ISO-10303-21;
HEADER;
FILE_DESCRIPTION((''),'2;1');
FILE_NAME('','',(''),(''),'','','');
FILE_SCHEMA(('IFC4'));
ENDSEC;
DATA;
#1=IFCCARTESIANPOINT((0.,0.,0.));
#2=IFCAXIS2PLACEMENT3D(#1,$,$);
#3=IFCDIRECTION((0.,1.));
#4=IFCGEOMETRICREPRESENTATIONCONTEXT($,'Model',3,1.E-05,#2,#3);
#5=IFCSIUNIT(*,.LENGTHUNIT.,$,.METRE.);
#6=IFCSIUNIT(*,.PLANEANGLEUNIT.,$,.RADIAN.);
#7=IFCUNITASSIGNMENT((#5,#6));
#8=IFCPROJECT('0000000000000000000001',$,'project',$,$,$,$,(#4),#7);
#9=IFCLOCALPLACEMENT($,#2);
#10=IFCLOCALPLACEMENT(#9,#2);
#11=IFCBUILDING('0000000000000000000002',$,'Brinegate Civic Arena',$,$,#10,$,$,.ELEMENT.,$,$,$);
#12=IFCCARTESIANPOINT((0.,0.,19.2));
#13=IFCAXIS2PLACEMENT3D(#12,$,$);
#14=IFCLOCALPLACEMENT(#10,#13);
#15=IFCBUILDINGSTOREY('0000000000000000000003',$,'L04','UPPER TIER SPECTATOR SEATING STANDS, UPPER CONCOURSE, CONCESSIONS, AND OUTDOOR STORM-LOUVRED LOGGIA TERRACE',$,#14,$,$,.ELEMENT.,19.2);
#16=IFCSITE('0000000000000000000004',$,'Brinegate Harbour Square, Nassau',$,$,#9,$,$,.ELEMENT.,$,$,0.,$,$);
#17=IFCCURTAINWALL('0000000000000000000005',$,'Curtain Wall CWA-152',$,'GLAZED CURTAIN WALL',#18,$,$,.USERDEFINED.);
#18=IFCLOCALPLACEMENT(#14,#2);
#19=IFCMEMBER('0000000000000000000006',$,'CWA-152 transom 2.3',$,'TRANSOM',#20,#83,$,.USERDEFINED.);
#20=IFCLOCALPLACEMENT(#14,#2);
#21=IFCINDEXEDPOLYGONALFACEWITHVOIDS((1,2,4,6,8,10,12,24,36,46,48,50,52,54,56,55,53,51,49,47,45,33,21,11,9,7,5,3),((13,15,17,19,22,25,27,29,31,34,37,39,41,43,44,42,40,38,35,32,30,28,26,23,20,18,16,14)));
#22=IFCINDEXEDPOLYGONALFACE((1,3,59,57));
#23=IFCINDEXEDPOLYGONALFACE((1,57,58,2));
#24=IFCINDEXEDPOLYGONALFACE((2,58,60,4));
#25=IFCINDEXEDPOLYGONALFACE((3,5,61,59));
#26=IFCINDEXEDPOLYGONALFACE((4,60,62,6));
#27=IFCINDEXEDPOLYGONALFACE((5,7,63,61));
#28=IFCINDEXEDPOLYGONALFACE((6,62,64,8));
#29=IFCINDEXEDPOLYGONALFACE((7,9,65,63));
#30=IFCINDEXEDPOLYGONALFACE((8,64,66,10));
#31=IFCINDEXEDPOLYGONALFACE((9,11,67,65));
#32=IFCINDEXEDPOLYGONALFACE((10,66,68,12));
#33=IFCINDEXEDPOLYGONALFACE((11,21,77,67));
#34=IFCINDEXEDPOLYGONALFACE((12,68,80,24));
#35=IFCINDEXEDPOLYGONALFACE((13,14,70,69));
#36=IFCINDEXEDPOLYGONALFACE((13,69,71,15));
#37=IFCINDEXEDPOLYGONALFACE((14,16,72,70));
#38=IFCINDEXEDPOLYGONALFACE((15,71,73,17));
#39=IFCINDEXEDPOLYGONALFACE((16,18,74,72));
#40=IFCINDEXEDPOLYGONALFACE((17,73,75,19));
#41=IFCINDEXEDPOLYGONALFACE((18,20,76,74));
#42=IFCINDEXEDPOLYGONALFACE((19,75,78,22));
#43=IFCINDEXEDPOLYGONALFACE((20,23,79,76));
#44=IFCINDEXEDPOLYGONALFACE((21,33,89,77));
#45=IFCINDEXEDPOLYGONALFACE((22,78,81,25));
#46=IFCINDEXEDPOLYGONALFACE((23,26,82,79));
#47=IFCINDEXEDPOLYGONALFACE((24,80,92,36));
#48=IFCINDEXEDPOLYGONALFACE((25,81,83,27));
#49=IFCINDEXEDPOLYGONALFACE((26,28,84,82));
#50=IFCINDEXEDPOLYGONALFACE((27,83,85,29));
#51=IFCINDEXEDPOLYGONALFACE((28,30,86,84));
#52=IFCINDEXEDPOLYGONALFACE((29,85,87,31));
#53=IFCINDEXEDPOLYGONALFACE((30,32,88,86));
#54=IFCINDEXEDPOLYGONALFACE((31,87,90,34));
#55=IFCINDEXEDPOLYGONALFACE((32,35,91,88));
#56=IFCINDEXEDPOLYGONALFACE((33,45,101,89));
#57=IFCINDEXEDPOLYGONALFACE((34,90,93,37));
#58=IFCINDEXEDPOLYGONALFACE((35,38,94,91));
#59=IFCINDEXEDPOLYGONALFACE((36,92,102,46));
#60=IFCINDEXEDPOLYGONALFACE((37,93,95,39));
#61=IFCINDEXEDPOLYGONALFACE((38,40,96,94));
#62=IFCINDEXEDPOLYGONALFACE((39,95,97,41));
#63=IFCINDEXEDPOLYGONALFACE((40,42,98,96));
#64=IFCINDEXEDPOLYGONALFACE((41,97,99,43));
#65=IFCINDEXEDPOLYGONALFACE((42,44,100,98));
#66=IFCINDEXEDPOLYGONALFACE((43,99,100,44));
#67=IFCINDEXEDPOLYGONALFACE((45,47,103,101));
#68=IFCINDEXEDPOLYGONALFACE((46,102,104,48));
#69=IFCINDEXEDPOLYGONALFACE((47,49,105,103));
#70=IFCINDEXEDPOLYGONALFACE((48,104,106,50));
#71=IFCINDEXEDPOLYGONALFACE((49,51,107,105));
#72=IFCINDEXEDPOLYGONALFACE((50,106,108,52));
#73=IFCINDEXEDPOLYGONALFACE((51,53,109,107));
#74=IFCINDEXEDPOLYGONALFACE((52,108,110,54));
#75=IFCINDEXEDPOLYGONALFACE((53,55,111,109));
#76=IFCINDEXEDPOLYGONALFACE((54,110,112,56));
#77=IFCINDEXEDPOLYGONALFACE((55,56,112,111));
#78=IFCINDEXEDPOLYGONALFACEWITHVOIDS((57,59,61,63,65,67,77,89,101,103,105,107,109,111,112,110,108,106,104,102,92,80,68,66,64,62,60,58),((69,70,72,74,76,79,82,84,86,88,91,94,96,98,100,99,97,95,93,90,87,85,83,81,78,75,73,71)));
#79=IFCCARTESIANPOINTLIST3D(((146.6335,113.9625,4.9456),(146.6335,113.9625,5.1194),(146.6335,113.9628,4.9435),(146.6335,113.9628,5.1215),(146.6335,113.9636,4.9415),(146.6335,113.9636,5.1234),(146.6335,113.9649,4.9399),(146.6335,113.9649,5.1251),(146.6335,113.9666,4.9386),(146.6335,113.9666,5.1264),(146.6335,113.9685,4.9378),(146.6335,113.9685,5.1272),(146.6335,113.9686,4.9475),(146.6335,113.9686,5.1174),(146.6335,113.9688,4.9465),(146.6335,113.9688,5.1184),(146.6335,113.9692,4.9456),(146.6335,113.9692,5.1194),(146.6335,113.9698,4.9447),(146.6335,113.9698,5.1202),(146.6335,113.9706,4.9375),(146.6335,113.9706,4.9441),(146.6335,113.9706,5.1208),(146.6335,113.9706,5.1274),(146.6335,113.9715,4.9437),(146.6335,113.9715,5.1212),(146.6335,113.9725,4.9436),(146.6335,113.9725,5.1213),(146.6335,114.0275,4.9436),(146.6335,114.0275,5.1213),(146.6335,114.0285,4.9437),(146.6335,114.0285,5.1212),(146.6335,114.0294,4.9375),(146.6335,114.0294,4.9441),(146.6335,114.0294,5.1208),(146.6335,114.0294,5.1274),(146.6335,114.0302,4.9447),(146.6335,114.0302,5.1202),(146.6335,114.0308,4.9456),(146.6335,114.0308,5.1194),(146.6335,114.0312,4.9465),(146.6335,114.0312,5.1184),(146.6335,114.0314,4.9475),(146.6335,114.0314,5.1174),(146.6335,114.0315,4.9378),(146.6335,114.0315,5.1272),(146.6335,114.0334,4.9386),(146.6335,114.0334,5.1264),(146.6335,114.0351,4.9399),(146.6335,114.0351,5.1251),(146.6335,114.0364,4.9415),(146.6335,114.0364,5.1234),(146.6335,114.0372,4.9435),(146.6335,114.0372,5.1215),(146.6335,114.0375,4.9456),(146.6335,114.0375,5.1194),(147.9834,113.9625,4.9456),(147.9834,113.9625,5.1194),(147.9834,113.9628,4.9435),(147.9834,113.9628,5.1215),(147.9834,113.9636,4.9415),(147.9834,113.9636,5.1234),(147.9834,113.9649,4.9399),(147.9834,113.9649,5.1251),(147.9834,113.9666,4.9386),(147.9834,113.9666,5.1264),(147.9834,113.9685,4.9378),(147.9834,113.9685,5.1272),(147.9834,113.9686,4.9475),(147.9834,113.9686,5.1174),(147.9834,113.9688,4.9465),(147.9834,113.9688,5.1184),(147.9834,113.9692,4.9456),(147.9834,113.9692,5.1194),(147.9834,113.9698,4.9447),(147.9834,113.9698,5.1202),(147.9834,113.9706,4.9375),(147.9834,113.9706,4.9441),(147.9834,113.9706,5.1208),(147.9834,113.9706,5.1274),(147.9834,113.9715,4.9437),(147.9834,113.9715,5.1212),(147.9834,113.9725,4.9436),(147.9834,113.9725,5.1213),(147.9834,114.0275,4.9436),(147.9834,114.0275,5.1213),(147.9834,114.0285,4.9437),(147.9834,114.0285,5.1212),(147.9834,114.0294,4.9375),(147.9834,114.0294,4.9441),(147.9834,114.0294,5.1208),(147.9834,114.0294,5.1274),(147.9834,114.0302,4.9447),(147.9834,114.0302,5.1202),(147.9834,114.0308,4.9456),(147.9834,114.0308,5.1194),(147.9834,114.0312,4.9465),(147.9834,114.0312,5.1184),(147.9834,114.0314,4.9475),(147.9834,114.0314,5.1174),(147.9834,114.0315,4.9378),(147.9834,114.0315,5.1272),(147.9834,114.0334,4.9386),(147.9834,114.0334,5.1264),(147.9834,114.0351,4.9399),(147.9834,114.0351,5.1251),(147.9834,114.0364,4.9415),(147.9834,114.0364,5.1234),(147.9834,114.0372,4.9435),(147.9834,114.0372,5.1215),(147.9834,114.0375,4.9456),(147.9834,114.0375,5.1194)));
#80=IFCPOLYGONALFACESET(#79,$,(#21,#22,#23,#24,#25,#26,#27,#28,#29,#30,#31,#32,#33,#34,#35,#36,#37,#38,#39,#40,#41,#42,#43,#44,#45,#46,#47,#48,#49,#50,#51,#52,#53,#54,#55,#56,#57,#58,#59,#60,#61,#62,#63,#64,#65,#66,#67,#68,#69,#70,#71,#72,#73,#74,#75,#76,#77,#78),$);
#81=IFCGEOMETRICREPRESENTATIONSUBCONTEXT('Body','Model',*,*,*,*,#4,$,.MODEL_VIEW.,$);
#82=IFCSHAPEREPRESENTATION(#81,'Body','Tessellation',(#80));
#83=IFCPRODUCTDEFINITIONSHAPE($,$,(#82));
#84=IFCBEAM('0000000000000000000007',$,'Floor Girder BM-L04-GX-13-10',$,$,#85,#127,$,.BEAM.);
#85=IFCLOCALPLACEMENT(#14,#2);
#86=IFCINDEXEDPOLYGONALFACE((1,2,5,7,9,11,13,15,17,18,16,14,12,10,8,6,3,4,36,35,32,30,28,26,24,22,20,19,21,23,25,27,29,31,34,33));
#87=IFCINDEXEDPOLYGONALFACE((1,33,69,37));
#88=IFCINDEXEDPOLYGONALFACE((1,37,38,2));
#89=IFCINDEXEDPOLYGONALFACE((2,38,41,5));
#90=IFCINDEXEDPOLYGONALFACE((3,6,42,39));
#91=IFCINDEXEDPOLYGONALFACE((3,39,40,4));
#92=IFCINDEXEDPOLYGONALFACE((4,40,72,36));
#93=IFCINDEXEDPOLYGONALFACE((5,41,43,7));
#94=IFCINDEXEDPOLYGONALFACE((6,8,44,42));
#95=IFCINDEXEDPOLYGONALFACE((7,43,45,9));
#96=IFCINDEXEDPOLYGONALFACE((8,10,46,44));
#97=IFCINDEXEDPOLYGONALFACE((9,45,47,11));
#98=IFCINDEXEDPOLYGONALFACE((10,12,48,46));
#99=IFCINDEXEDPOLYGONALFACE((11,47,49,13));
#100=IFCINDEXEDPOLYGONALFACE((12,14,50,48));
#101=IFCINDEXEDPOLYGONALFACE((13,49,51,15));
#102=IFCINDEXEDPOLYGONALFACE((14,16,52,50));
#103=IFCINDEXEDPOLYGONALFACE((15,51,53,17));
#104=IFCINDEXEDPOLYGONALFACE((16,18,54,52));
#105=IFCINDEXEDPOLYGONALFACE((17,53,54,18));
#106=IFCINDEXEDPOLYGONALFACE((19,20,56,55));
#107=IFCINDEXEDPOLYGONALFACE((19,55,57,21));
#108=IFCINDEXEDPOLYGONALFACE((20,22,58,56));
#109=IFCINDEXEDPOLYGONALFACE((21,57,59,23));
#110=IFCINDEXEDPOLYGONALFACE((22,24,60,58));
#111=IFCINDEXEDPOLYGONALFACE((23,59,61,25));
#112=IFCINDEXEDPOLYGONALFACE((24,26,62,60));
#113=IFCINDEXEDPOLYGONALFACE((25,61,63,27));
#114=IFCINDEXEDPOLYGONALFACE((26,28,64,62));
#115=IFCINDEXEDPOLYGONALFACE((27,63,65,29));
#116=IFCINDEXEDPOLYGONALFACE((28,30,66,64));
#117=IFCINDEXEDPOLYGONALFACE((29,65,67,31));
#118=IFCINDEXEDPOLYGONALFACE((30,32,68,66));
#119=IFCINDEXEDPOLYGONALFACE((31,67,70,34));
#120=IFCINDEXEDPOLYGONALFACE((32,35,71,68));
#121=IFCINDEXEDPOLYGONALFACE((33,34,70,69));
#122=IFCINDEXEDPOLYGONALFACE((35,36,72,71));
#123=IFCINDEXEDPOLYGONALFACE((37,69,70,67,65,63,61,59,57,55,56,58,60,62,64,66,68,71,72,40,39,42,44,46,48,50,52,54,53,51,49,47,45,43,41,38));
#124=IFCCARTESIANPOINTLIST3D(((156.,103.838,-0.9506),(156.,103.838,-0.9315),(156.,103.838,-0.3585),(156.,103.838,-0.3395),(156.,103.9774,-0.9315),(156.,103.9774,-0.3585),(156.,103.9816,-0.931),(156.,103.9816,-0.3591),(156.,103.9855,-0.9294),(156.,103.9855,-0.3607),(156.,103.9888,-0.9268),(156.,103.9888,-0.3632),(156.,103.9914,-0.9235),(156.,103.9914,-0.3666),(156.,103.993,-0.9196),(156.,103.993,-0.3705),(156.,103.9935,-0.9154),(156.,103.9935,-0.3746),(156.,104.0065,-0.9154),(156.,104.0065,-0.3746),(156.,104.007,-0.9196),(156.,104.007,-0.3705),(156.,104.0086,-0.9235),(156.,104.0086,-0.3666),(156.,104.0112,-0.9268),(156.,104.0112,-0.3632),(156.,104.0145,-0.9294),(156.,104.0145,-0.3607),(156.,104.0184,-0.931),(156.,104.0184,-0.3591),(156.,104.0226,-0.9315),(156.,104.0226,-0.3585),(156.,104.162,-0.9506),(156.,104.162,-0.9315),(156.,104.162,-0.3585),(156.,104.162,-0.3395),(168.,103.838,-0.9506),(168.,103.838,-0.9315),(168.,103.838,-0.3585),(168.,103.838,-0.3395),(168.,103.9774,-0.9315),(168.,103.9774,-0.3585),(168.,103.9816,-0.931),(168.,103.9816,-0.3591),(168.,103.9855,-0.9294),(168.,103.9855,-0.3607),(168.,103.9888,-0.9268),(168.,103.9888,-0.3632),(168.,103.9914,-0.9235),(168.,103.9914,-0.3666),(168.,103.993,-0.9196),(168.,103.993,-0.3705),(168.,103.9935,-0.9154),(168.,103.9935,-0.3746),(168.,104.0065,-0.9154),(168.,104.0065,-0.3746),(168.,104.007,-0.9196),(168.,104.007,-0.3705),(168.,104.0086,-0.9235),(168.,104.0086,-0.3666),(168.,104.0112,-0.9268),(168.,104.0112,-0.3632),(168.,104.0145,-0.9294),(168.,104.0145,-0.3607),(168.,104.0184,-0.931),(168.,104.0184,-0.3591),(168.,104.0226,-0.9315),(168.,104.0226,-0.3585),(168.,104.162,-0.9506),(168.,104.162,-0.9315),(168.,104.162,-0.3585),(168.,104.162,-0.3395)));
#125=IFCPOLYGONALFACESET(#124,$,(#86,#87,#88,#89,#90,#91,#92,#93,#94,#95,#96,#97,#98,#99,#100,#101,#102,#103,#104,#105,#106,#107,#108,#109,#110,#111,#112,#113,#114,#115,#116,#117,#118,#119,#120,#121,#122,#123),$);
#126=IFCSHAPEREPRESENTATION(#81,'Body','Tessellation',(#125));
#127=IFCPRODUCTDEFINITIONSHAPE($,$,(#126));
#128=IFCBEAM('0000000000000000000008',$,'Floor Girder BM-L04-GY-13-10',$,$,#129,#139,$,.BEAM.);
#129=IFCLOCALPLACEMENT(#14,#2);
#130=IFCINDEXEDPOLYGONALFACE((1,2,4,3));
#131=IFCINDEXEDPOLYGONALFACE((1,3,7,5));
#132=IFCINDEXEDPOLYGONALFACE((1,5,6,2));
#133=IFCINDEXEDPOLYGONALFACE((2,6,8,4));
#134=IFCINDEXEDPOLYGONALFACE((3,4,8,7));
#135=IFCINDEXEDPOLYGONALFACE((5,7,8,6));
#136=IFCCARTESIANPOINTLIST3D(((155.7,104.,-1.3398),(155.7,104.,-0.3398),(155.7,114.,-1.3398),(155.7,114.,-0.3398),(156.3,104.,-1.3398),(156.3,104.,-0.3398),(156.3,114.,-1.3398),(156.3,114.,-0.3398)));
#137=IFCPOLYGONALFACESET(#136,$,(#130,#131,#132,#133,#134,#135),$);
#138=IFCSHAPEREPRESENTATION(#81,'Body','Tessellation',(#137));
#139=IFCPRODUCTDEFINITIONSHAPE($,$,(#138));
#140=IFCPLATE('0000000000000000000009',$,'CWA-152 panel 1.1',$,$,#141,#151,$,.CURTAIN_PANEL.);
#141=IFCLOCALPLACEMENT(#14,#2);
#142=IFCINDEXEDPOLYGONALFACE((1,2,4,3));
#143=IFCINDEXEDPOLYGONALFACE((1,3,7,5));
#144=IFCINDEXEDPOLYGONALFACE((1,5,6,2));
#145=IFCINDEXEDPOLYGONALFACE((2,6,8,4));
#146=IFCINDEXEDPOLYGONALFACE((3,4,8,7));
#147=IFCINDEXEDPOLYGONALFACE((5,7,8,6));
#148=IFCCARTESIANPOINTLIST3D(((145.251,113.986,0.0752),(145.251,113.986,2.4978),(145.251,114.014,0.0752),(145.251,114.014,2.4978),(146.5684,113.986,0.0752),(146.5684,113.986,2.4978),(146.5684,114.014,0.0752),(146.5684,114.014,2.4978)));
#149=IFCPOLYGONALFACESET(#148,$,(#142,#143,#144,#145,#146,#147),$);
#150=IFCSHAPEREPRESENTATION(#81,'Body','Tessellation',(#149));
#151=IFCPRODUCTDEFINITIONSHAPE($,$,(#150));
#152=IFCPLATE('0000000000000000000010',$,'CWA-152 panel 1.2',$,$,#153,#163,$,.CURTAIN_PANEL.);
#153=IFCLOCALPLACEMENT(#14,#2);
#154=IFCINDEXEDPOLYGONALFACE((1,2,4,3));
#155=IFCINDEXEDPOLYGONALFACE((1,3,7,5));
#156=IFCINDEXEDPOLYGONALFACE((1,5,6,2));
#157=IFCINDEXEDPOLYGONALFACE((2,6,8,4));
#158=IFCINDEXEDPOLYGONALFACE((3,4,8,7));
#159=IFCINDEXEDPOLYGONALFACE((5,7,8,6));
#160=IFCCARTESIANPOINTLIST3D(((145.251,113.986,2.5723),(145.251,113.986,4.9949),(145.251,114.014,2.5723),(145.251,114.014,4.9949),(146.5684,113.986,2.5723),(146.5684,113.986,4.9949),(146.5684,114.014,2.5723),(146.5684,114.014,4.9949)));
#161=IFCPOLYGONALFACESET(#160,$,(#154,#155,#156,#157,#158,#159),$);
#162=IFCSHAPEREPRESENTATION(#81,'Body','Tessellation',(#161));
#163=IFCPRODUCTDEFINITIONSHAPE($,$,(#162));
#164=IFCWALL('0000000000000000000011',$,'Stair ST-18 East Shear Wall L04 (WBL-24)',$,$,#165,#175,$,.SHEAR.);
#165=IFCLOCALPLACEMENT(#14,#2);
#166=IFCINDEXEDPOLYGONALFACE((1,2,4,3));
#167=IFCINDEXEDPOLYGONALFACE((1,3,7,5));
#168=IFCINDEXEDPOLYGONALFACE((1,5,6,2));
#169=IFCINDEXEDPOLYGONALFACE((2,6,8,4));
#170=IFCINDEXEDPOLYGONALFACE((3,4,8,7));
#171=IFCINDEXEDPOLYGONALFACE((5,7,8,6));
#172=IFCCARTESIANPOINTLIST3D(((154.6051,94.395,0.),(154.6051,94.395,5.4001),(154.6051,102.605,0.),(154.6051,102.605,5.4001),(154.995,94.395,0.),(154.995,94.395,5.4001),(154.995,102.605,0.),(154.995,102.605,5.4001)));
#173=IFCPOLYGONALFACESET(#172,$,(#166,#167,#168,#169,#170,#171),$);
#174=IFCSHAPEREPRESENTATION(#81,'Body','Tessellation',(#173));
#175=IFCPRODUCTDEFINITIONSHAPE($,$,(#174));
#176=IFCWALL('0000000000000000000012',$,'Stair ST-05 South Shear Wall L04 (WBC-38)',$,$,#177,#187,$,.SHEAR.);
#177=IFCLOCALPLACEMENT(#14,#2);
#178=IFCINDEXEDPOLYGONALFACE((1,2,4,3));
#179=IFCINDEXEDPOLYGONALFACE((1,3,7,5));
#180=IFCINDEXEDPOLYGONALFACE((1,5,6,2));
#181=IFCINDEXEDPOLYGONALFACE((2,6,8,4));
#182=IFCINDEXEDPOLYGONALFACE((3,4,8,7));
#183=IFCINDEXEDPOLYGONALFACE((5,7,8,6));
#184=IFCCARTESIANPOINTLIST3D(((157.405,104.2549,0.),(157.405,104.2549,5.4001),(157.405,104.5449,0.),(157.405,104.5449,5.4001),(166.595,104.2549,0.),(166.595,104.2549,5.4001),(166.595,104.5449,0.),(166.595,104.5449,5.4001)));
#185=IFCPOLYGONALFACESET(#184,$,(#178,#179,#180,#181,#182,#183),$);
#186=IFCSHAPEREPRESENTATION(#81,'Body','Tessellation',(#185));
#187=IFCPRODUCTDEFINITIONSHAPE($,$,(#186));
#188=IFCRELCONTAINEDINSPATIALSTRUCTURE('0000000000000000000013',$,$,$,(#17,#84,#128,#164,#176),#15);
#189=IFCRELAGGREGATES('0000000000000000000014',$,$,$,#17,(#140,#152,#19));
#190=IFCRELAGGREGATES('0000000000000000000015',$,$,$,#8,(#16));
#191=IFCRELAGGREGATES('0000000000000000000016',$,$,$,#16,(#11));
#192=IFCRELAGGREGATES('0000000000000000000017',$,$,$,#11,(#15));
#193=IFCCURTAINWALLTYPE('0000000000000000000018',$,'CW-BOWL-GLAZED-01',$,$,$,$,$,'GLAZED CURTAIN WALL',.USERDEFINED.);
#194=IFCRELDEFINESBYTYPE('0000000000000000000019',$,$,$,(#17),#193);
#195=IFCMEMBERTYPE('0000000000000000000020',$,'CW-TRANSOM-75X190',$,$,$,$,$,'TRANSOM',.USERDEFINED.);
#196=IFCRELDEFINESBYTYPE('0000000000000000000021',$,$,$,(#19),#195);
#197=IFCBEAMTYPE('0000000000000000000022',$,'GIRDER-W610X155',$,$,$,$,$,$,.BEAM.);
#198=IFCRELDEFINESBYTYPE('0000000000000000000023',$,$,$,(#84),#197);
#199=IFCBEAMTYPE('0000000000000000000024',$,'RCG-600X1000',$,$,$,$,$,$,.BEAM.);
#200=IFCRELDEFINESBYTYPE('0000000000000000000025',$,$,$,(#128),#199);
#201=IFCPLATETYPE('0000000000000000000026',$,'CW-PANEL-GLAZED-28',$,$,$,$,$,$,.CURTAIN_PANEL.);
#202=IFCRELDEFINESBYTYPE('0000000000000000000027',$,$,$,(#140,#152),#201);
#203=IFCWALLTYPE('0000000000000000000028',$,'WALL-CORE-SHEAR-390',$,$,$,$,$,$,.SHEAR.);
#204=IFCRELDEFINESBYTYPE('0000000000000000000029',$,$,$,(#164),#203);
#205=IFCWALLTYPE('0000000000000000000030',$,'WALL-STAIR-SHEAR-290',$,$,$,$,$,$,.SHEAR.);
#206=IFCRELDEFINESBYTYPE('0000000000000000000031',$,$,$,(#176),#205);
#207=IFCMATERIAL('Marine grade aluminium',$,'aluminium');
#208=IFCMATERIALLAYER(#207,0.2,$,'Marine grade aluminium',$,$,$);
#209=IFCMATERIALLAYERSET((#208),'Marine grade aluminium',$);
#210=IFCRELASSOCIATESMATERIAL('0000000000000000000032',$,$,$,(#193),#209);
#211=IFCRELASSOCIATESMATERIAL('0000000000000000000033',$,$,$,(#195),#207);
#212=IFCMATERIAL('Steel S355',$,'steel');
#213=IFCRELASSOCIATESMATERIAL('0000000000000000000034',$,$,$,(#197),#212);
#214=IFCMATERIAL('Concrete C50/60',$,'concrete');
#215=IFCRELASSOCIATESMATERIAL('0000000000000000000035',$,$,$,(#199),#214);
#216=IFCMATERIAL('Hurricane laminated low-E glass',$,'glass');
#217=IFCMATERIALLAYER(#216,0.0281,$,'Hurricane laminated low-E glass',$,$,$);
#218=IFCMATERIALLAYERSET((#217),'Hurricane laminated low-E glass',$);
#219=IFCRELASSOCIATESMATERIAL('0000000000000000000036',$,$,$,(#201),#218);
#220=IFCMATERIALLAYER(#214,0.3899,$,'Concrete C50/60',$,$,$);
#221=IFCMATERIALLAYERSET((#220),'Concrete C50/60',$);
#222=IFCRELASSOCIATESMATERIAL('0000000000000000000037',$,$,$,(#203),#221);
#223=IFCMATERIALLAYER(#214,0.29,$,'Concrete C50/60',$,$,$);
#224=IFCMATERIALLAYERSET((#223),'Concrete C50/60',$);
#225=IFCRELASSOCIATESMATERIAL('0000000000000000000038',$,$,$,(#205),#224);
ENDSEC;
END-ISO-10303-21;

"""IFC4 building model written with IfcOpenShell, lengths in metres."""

from ifc_helpers import new_model, si_unit, direction, frame, frame_2d, origin, origin_2d, place, context, subcontext, project, spatial, rectangle, hollow_rectangle, i_section, extrude, material, layer, layer_set, material_profile, profile_set, type_object, element, aggregate, save


model = new_model("IFC4")

# Units and contexts
model_context = context("Model", 3, precision=1e-05, world=origin(), true_north=direction((0.0, 1.0)))
body_context = subcontext(model_context, "Body", "Model", "MODEL_VIEW")
ifc_project = project(units=[si_unit("LENGTHUNIT", "METRE"), si_unit("PLANEANGLEUNIT", "RADIAN")], contexts=[model_context])

# Site, building, storey
site_placement = place(None, origin())
site = spatial("IfcSite", under=ifc_project, at=site_placement, Name="Brinegate Harbour Square, Nassau", CompositionType="ELEMENT", RefElevation=0.0)
building_placement = place(site_placement, origin())
building = spatial("IfcBuilding", under=site, at=building_placement, Name="Brinegate Civic Arena", CompositionType="ELEMENT")
storey_placement = place(building_placement, frame((0.0, 0.0, 19.2)))
storey = spatial("IfcBuildingStorey", under=building, at=storey_placement, Name="L04", Description="UPPER TIER SPECTATOR SEATING STANDS, UPPER CONCOURSE, CONCESSIONS, AND OUTDOOR STORM-LOUVRED LOGGIA TERRACE", CompositionType="ELEMENT", Elevation=19.2)

# Shared definitions
ifc_material_1 = material(Name="Steel S355", Category="steel")

# Curtain wall, member
ifc_material_2 = material(Name="Marine grade aluminium", Category="aluminium")
ifc_layer_1 = layer(ifc_material_2, 0.2, Name="Marine grade aluminium")
ifc_layer_set_1 = layer_set([ifc_layer_1], Name="Marine grade aluminium")
curtain_wall_type = type_object("IfcCurtainWallType", Name="CW-BOWL-GLAZED-01", ElementType="GLAZED CURTAIN WALL", PredefinedType="USERDEFINED", material=ifc_layer_set_1)
curtain_wall_placement = place(storey_placement, origin())
curtain_wall = element("IfcCurtainWall", 1, at=curtain_wall_placement, inside=storey, type_object=curtain_wall_type, Name="Curtain Wall CWA-152", ObjectType="GLAZED CURTAIN WALL", PredefinedType="USERDEFINED")
ifc_material_profile_1 = material_profile(ifc_material_2, hollow_rectangle(XDim=0.075, YDim=0.1899, WallThickness=0.0061, InnerFilletRadius=0.0039, OuterFilletRadius=0.0081, at=origin_2d()), Name="TRN75X190")
ifc_profile_set_1 = profile_set([ifc_material_profile_1], Name="Marine grade aluminium")
member_type_1 = type_object("IfcMemberType", Name="CW-TRANSOM-75X190", ElementType="TRANSOM", PredefinedType="USERDEFINED", material=ifc_profile_set_1)
member_1_placement = place(storey_placement, frame((146.6335, 114.0, 5.0325), z_axis=(1.0, 0.0, 0.0), x_axis=(0.0, 1.0, 0.0)))
member_1 = element("IfcMember", 2, at=member_1_placement, type_object=member_type_1, Name="CWA-152 transom 2.3", ObjectType="TRANSOM", PredefinedType="USERDEFINED", context=body_context, shape_type="SweptSolid", body=[
    extrude(hollow_rectangle(XDim=0.075, YDim=0.1899, WallThickness=0.0061, InnerFilletRadius=0.0039, OuterFilletRadius=0.0081, at=origin_2d()), origin(), (0.0, 0.0, 1.0), 1.3499),
])

# Beams
ifc_material_profile_2 = material_profile(ifc_material_1, i_section(OverallWidth=0.324, OverallDepth=0.6111, WebThickness=0.0129, FlangeThickness=0.019, FilletRadius=0.0161, at=origin_2d()), Name="W610X155")
ifc_profile_set_2 = profile_set([ifc_material_profile_2], Name="Steel S355")
beam_type_1 = type_object("IfcBeamType", Name="GIRDER-W610X155", PredefinedType="BEAM", material=ifc_profile_set_2)
beam_1_placement = place(storey_placement, frame((156.0, 104.0, -0.645), z_axis=(1.0, 0.0, 0.0), x_axis=(0.0, 1.0, 0.0)))
element("IfcBeam", 3, at=beam_1_placement, inside=storey, type_object=beam_type_1, Name="Floor Girder BM-L04-GX-13-10", PredefinedType="BEAM", context=body_context, shape_type="SweptSolid", body=[
    extrude(i_section(OverallWidth=0.324, OverallDepth=0.6111, WebThickness=0.0129, FlangeThickness=0.019, FilletRadius=0.0161, at=origin_2d()), origin(), (0.0, 0.0, 1.0), 12.0),
])
ifc_material_3 = material(Name="Concrete C50/60", Category="concrete")
ifc_material_profile_3 = material_profile(ifc_material_3, rectangle(XDim=0.6001, YDim=1.0, at=origin_2d()), Name="RCB600X1000")
ifc_profile_set_3 = profile_set([ifc_material_profile_3], Name="Concrete C50/60")
beam_type_2 = type_object("IfcBeamType", Name="RCG-600X1000", PredefinedType="BEAM", material=ifc_profile_set_3)
beam_2_placement = place(storey_placement, frame((156.0, 104.0, -0.8398), z_axis=(0.0, 1.0, 0.0), x_axis=(-1.0, 0.0, 0.0)))
element("IfcBeam", 4, at=beam_2_placement, inside=storey, type_object=beam_type_2, Name="Floor Girder BM-L04-GY-13-10", PredefinedType="BEAM", context=body_context, shape_type="SweptSolid", body=[
    extrude(rectangle(XDim=0.6001, YDim=1.0, at=origin_2d()), origin(), (0.0, 0.0, 1.0), 10.0),
])

# Plates
ifc_material_4 = material(Name="Hurricane laminated low-E glass", Category="glass")
ifc_layer_2 = layer(ifc_material_4, 0.0281, Name="Hurricane laminated low-E glass")
ifc_layer_set_2 = layer_set([ifc_layer_2], Name="Hurricane laminated low-E glass")
plate_type = type_object("IfcPlateType", Name="CW-PANEL-GLAZED-28", PredefinedType="CURTAIN_PANEL", material=ifc_layer_set_2)
plate_1_placement = place(storey_placement, frame((145.9097, 114.0, 0.0752), z_axis=(0.0, 0.0, 1.0), x_axis=(1.0, 0.0, 0.0)))
plate_1 = element("IfcPlate", 5, at=plate_1_placement, type_object=plate_type, Name="CWA-152 panel 1.1", PredefinedType="CURTAIN_PANEL", context=body_context, shape_type="SweptSolid", body=[
    extrude(rectangle(XDim=1.3174, YDim=0.0281, at=origin_2d()), origin(), (0.0, 0.0, 1.0), 2.4226),
])
plate_2_placement = place(storey_placement, frame((145.9097, 114.0, 2.5723), z_axis=(0.0, 0.0, 1.0), x_axis=(1.0, 0.0, 0.0)))
plate_2 = element("IfcPlate", 6, at=plate_2_placement, type_object=plate_type, Name="CWA-152 panel 1.2", PredefinedType="CURTAIN_PANEL", context=body_context, shape_type="SweptSolid", body=[
    extrude(rectangle(XDim=1.3174, YDim=0.0281, at=origin_2d()), origin(), (0.0, 0.0, 1.0), 2.4226),
])
aggregate(curtain_wall, [plate_1, plate_2, member_1])

# Walls
ifc_layer_3 = layer(ifc_material_3, 0.3899, Name="Concrete C50/60")
ifc_layer_set_3 = layer_set([ifc_layer_3], Name="Concrete C50/60")
wall_type_1 = type_object("IfcWallType", Name="WALL-CORE-SHEAR-390", PredefinedType="SHEAR", material=ifc_layer_set_3)
wall_1_placement = place(storey_placement, frame((154.8, 94.395, 0.0), z_axis=(0.0, 0.0, 1.0), x_axis=(0.0, 1.0, 0.0)))
element("IfcWall", 7, at=wall_1_placement, inside=storey, type_object=wall_type_1, Name="Stair ST-18 East Shear Wall L04 (WBL-24)", PredefinedType="SHEAR", context=body_context, shape_type="SweptSolid", body=[
    extrude(rectangle(XDim=8.21, YDim=0.3899, at=frame_2d((4.105, 0.0))), origin(), (0.0, 0.0, 1.0), 5.4001),
])
ifc_layer_4 = layer(ifc_material_3, 0.29, Name="Concrete C50/60")
ifc_layer_set_4 = layer_set([ifc_layer_4], Name="Concrete C50/60")
wall_type_2 = type_object("IfcWallType", Name="WALL-STAIR-SHEAR-290", PredefinedType="SHEAR", material=ifc_layer_set_4)
wall_2_placement = place(storey_placement, frame((157.405, 104.3999, 0.0), z_axis=(0.0, 0.0, 1.0), x_axis=(1.0, 0.0, 0.0)))
element("IfcWall", 8, at=wall_2_placement, inside=storey, type_object=wall_type_2, Name="Stair ST-05 South Shear Wall L04 (WBC-38)", PredefinedType="SHEAR", context=body_context, shape_type="SweptSolid", body=[
    extrude(rectangle(XDim=9.1899, YDim=0.29, at=frame_2d((4.595, 0.0))), origin(), (0.0, 0.0, 1.0), 5.4001),
])

save(model, "model.ifc")
